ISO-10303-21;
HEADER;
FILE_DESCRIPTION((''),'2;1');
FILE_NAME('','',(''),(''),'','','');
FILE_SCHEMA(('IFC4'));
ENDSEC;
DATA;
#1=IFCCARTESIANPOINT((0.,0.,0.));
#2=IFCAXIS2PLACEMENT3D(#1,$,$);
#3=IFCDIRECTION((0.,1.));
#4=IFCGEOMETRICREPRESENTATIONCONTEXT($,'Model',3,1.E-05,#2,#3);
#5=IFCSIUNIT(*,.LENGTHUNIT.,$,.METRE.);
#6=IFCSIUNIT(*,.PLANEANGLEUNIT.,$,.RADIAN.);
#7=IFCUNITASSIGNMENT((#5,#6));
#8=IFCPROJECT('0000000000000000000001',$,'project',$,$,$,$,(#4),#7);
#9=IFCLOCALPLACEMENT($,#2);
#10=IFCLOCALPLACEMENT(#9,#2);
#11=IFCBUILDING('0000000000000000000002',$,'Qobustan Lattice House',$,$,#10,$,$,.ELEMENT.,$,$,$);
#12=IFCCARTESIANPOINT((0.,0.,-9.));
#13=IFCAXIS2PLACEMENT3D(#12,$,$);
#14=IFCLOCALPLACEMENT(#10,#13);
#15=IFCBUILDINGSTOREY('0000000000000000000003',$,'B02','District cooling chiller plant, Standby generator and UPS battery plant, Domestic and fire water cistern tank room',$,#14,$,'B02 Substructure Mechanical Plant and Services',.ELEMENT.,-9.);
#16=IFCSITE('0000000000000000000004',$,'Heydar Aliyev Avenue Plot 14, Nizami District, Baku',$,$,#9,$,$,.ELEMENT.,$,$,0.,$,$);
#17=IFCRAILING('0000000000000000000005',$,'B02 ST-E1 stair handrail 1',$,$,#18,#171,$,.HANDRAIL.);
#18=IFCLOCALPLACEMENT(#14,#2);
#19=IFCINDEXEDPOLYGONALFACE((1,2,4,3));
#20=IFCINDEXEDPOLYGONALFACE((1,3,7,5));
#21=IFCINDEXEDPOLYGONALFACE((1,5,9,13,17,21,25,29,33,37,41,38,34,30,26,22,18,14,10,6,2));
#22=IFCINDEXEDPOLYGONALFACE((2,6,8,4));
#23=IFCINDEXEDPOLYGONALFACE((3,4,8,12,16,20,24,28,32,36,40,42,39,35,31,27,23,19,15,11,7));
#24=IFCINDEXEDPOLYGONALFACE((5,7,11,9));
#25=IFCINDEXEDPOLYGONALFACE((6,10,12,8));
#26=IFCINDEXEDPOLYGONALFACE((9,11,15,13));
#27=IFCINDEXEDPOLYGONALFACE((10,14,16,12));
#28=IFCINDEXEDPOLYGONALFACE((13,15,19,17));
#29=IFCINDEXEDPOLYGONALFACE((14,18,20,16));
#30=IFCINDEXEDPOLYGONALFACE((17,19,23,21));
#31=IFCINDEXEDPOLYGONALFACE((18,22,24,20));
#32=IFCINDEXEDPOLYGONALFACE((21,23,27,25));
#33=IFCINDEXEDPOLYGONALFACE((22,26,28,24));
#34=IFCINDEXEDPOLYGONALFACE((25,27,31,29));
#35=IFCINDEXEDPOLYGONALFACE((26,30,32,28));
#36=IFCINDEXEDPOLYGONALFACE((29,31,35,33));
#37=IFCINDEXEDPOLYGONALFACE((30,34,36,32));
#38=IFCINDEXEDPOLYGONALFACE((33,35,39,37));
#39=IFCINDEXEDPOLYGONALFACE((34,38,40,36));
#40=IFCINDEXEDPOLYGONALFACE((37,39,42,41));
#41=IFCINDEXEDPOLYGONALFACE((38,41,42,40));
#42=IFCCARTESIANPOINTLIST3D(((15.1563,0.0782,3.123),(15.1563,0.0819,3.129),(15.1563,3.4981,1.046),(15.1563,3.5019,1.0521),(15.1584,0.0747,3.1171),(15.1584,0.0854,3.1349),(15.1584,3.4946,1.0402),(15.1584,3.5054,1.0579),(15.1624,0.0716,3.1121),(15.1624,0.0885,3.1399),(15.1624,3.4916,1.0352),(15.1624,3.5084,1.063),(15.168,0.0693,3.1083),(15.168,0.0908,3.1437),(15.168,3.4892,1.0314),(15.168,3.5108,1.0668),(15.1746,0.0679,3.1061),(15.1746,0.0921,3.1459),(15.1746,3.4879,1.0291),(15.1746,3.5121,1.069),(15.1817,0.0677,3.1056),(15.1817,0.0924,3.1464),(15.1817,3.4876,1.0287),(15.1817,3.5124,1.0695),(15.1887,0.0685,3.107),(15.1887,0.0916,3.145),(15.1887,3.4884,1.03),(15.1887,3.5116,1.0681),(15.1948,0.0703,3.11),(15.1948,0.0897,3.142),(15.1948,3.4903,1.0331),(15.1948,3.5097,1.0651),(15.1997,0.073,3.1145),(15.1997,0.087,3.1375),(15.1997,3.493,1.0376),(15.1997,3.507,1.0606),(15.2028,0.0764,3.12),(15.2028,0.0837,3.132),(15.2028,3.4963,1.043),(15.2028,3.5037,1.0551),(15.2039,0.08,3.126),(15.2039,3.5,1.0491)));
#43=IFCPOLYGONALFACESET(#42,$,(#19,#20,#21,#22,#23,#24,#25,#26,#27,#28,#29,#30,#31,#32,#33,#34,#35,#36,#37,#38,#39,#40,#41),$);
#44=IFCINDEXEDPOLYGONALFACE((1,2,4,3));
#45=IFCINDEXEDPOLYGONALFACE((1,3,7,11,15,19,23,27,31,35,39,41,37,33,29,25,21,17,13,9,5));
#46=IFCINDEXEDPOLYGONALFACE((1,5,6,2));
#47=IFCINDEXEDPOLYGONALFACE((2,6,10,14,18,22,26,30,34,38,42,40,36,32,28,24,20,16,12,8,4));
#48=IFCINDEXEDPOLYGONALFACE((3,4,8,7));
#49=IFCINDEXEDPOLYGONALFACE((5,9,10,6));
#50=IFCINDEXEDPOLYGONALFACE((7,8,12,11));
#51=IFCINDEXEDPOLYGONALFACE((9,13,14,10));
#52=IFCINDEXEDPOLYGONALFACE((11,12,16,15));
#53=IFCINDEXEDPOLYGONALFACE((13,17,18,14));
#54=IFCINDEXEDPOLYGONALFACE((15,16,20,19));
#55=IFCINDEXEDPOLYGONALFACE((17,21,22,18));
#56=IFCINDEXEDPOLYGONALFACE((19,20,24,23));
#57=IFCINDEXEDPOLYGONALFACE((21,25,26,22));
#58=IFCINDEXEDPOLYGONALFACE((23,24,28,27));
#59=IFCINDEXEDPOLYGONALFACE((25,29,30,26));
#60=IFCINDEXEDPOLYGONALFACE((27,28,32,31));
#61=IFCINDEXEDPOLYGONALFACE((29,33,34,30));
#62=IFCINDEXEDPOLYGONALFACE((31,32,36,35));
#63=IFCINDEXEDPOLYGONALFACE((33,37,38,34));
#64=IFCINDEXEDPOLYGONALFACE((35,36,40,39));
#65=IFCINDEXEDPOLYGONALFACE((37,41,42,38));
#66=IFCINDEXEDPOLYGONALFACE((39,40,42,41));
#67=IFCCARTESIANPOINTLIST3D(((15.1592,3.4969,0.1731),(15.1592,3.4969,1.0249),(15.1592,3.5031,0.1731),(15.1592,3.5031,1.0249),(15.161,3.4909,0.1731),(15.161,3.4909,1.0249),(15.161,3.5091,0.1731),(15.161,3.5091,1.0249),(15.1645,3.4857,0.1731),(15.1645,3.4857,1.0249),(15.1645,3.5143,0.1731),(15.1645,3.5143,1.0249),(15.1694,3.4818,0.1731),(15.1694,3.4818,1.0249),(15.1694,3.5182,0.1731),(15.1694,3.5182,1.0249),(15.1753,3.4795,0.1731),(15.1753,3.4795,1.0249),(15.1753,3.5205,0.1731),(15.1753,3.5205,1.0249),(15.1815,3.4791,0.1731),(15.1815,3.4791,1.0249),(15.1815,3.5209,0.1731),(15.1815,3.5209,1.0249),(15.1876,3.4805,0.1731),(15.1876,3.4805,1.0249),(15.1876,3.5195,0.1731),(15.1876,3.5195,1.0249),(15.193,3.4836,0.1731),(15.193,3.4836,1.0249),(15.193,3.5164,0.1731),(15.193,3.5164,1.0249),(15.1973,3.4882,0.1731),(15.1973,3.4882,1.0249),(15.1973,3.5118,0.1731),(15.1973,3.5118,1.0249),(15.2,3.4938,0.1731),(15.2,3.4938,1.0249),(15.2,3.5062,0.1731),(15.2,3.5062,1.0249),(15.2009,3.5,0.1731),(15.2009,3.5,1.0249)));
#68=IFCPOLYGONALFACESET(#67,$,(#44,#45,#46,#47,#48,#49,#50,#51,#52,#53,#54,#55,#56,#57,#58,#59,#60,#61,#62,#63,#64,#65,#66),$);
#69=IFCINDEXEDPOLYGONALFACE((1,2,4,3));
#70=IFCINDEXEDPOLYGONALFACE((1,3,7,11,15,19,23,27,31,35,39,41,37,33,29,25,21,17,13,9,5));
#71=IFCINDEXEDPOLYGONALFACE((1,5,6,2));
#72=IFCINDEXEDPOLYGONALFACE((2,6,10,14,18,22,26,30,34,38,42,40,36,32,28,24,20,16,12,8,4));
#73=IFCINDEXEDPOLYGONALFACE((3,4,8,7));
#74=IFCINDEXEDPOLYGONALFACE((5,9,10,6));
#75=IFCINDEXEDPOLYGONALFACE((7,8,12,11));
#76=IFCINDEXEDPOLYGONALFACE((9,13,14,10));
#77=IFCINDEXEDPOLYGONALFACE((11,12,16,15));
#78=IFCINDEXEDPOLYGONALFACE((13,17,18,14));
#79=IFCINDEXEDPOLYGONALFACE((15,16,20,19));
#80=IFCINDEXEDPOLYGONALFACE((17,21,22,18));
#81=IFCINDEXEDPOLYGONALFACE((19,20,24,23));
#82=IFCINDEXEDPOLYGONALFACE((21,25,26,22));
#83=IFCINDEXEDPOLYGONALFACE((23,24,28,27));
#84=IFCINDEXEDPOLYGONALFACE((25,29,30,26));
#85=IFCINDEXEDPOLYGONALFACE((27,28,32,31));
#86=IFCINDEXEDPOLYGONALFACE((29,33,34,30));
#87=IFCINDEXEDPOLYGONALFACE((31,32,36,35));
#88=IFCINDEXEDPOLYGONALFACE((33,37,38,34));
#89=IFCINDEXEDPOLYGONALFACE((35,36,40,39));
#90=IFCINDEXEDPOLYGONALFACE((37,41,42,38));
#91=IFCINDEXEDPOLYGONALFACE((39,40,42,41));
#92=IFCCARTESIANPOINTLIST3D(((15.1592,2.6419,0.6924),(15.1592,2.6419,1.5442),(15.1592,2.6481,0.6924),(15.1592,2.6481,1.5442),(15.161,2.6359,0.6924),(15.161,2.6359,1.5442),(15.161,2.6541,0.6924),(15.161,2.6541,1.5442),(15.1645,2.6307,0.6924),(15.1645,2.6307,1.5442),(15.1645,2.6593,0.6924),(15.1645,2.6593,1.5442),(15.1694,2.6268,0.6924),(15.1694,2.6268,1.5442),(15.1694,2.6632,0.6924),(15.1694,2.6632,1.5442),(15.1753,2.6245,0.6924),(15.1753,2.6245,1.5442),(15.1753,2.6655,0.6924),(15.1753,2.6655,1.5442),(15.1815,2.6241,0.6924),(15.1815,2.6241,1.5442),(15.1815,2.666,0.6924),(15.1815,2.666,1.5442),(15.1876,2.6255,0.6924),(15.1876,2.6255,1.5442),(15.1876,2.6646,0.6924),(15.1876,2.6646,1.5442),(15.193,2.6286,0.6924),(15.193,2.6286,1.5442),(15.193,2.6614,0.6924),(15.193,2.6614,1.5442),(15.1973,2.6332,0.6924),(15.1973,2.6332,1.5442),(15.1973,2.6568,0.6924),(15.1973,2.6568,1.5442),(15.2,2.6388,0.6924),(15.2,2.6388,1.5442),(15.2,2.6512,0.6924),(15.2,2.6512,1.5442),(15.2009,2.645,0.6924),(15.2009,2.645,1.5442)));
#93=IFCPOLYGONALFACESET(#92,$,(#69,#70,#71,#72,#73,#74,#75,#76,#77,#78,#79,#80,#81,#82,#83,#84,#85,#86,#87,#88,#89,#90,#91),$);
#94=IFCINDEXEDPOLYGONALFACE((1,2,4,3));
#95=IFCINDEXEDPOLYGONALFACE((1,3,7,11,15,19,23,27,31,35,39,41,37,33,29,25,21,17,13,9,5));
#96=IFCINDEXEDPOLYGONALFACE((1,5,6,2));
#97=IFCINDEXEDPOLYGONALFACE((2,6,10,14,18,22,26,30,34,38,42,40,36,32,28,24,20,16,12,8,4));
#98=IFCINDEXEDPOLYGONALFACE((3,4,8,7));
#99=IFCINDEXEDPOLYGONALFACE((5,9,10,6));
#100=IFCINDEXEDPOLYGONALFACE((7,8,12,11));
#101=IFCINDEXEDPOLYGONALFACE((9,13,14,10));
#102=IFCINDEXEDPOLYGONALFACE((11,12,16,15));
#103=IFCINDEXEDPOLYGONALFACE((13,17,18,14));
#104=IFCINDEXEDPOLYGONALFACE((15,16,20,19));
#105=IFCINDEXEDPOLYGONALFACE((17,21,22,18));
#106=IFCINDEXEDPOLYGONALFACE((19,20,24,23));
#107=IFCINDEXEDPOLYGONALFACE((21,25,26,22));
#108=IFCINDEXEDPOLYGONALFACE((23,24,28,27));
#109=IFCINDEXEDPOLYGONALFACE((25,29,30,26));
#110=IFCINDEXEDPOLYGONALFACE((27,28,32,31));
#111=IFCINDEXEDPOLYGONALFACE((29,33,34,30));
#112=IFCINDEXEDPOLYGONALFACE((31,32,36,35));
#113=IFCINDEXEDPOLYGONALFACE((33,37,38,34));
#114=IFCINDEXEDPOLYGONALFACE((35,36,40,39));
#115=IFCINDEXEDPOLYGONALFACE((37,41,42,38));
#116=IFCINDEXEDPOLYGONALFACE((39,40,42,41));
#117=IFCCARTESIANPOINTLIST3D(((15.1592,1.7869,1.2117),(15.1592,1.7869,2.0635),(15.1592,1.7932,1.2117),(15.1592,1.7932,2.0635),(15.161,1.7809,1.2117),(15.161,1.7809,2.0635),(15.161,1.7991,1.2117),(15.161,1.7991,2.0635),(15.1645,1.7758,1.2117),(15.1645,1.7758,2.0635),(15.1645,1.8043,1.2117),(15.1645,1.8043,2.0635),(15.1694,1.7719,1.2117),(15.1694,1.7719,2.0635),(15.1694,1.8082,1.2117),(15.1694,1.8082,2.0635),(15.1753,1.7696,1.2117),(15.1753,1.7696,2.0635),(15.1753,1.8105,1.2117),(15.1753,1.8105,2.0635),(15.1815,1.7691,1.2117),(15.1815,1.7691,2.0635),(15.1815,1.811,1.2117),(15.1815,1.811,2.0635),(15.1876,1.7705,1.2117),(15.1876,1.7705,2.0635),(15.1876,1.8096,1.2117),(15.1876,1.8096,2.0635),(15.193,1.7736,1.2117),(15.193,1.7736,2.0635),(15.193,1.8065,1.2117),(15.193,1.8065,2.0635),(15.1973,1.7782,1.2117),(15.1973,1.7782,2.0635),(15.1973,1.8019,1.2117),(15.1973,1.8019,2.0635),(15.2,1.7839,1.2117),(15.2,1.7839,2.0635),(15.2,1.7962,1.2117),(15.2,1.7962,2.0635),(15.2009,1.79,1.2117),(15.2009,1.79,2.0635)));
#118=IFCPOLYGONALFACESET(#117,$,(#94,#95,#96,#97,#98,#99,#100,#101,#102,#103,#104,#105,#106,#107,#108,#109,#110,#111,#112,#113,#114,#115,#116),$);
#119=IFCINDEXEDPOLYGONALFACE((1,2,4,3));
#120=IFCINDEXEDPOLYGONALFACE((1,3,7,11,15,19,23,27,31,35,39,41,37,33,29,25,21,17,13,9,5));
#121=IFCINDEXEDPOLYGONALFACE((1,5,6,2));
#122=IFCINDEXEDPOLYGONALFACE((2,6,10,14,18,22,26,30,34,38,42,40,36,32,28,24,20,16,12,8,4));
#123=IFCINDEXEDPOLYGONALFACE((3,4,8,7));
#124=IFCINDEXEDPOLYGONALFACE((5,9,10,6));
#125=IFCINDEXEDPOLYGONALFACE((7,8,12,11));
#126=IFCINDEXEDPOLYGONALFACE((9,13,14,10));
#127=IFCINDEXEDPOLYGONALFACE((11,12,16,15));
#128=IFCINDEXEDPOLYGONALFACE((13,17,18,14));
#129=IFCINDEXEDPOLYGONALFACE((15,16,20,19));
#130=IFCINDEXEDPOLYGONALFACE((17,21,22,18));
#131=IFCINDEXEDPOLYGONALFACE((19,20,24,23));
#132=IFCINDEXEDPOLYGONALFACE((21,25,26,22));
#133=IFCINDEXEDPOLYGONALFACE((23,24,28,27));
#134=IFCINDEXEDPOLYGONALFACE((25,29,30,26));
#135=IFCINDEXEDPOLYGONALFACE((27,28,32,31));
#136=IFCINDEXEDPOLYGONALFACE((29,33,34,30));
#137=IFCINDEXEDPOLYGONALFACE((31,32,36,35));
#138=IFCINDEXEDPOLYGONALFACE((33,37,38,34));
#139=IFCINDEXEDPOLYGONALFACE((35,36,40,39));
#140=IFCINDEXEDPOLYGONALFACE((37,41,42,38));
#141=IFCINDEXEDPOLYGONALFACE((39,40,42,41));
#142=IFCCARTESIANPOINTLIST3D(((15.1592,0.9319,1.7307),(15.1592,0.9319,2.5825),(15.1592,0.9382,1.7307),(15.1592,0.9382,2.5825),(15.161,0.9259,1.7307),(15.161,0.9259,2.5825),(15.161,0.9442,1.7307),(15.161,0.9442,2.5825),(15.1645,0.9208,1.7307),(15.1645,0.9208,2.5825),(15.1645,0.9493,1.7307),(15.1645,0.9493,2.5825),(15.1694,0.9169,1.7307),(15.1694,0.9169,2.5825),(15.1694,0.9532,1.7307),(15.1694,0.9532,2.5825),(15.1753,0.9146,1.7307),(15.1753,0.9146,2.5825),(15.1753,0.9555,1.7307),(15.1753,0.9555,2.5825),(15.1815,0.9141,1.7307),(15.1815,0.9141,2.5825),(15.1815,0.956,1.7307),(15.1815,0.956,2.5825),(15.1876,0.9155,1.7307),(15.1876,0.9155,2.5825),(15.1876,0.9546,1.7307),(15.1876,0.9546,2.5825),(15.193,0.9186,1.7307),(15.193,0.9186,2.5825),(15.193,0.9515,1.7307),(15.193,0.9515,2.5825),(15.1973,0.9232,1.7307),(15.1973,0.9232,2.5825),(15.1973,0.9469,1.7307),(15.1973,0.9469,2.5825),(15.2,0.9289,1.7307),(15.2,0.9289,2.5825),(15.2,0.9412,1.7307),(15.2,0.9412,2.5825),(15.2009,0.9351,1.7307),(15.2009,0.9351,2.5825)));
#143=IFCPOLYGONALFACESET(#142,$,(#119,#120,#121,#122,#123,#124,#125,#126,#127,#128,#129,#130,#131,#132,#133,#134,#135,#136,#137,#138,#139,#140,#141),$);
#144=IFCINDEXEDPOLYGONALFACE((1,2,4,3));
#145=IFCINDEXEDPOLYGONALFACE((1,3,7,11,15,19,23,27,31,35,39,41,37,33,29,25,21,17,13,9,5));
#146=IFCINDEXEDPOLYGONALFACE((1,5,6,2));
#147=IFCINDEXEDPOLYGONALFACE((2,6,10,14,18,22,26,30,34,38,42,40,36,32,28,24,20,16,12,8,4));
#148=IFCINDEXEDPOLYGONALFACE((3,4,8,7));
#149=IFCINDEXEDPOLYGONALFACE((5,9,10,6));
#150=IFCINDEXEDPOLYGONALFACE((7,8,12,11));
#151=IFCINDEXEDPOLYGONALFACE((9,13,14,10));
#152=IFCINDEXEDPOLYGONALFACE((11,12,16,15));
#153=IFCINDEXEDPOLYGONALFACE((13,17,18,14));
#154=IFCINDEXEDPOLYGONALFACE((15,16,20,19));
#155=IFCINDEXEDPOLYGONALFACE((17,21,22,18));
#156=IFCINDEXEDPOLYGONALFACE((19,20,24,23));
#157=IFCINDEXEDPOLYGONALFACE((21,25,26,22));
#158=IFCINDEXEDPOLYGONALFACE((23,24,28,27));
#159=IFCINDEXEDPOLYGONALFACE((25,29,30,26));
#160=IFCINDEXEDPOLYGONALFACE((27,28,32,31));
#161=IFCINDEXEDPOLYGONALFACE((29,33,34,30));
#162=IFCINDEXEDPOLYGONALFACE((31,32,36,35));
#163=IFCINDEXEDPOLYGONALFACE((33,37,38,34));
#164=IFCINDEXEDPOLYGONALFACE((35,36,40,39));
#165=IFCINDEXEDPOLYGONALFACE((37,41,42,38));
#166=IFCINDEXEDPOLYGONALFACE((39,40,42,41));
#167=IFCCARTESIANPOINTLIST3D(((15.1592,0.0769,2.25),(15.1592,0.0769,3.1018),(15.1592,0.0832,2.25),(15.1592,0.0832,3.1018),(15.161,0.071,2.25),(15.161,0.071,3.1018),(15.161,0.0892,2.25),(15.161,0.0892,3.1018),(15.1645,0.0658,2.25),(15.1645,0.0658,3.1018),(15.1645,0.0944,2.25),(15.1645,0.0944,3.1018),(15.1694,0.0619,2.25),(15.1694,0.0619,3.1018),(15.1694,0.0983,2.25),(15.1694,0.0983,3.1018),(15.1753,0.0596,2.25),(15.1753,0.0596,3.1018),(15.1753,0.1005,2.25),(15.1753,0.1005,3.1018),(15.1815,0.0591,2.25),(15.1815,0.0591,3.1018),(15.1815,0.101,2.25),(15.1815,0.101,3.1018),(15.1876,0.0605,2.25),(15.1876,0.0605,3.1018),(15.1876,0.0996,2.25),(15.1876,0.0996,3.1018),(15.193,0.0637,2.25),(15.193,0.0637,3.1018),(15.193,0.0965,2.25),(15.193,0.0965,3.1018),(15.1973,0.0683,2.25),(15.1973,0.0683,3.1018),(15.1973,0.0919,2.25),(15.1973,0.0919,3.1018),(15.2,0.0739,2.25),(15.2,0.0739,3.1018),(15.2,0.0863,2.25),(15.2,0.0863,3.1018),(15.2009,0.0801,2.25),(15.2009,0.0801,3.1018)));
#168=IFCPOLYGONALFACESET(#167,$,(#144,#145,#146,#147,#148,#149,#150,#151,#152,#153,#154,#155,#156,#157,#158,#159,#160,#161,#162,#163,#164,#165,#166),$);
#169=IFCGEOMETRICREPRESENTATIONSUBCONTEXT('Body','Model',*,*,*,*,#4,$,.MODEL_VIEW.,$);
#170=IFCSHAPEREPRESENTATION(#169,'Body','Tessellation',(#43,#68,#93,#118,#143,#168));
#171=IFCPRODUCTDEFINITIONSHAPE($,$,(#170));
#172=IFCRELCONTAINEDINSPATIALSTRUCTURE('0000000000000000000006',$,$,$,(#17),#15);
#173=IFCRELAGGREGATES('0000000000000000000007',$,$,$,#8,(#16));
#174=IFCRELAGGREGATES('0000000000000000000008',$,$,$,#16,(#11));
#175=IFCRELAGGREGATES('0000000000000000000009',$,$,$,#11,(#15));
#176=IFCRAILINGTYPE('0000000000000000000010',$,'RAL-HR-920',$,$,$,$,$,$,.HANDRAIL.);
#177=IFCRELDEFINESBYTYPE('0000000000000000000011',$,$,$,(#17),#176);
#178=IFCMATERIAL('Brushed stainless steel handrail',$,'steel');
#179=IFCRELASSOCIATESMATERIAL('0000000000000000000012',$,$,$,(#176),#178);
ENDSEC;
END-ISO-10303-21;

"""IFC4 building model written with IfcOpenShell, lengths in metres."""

from ifc_helpers import new_model, si_unit, direction, frame, origin, origin_2d, place, context, subcontext, project, spatial, circle, extrude, material, type_object, element, save


model = new_model("IFC4")

# Units and contexts
model_context = context("Model", 3, precision=1e-05, world=origin(), true_north=direction((0.0, 1.0)))
body_context = subcontext(model_context, "Body", "Model", "MODEL_VIEW")
ifc_project = project(units=[si_unit("LENGTHUNIT", "METRE"), si_unit("PLANEANGLEUNIT", "RADIAN")], contexts=[model_context])

# Site, building, storey
site_placement = place(None, origin())
site = spatial("IfcSite", under=ifc_project, at=site_placement, Name="Heydar Aliyev Avenue Plot 14, Nizami District, Baku", CompositionType="ELEMENT", RefElevation=0.0)
building_placement = place(site_placement, origin())
building = spatial("IfcBuilding", under=site, at=building_placement, Name="Qobustan Lattice House", CompositionType="ELEMENT")
storey_placement = place(building_placement, frame((0.0, 0.0, -9.0)))
storey = spatial("IfcBuildingStorey", under=building, at=storey_placement, Name="B02", Description="District cooling chiller plant, Standby generator and UPS battery plant, Domestic and fire water cistern tank room", LongName="B02 Substructure Mechanical Plant and Services", CompositionType="ELEMENT", Elevation=-9.0)

# Railing
ifc_material_1 = material(Name="Brushed stainless steel handrail", Category="steel")
railing_type_1 = type_object("IfcRailingType", Name="RAL-HR-920", PredefinedType="HANDRAIL", material=ifc_material_1)
railing_1_placement = place(storey_placement, frame((15.1799, 3.5, 0.1731)))
element("IfcRailing", 1, at=railing_1_placement, inside=storey, type_object=railing_type_1, Name="B02 ST-E1 stair handrail 1", PredefinedType="HANDRAIL", context=body_context, shape_type="SweptSolid", body=[
    extrude(circle(Radius=0.0239, at=origin_2d()), frame((0.0, 0.0, 0.876), z_axis=(0.0, -0.85473, 0.519074), x_axis=(1.0, 0.0, 0.0)), (0.0, 0.0, 1.0), 4.0012),
    extrude(circle(Radius=0.021, at=origin_2d()), origin(), (0.0, 0.0, 1.0), 0.8518),
    extrude(circle(Radius=0.021, at=origin_2d()), frame((0.0, -0.855, 0.5193)), (0.0, 0.0, 1.0), 0.8518),
    extrude(circle(Radius=0.021, at=origin_2d()), frame((0.0, -1.71, 1.0386)), (0.0, 0.0, 1.0), 0.8518),
    extrude(circle(Radius=0.021, at=origin_2d()), frame((0.0, -2.5649, 1.5576)), (0.0, 0.0, 1.0), 0.8518),
    extrude(circle(Radius=0.021, at=origin_2d()), frame((0.0, -3.4199, 2.0769)), (0.0, 0.0, 1.0), 0.8518),
])

save(model, "model.ifc")
